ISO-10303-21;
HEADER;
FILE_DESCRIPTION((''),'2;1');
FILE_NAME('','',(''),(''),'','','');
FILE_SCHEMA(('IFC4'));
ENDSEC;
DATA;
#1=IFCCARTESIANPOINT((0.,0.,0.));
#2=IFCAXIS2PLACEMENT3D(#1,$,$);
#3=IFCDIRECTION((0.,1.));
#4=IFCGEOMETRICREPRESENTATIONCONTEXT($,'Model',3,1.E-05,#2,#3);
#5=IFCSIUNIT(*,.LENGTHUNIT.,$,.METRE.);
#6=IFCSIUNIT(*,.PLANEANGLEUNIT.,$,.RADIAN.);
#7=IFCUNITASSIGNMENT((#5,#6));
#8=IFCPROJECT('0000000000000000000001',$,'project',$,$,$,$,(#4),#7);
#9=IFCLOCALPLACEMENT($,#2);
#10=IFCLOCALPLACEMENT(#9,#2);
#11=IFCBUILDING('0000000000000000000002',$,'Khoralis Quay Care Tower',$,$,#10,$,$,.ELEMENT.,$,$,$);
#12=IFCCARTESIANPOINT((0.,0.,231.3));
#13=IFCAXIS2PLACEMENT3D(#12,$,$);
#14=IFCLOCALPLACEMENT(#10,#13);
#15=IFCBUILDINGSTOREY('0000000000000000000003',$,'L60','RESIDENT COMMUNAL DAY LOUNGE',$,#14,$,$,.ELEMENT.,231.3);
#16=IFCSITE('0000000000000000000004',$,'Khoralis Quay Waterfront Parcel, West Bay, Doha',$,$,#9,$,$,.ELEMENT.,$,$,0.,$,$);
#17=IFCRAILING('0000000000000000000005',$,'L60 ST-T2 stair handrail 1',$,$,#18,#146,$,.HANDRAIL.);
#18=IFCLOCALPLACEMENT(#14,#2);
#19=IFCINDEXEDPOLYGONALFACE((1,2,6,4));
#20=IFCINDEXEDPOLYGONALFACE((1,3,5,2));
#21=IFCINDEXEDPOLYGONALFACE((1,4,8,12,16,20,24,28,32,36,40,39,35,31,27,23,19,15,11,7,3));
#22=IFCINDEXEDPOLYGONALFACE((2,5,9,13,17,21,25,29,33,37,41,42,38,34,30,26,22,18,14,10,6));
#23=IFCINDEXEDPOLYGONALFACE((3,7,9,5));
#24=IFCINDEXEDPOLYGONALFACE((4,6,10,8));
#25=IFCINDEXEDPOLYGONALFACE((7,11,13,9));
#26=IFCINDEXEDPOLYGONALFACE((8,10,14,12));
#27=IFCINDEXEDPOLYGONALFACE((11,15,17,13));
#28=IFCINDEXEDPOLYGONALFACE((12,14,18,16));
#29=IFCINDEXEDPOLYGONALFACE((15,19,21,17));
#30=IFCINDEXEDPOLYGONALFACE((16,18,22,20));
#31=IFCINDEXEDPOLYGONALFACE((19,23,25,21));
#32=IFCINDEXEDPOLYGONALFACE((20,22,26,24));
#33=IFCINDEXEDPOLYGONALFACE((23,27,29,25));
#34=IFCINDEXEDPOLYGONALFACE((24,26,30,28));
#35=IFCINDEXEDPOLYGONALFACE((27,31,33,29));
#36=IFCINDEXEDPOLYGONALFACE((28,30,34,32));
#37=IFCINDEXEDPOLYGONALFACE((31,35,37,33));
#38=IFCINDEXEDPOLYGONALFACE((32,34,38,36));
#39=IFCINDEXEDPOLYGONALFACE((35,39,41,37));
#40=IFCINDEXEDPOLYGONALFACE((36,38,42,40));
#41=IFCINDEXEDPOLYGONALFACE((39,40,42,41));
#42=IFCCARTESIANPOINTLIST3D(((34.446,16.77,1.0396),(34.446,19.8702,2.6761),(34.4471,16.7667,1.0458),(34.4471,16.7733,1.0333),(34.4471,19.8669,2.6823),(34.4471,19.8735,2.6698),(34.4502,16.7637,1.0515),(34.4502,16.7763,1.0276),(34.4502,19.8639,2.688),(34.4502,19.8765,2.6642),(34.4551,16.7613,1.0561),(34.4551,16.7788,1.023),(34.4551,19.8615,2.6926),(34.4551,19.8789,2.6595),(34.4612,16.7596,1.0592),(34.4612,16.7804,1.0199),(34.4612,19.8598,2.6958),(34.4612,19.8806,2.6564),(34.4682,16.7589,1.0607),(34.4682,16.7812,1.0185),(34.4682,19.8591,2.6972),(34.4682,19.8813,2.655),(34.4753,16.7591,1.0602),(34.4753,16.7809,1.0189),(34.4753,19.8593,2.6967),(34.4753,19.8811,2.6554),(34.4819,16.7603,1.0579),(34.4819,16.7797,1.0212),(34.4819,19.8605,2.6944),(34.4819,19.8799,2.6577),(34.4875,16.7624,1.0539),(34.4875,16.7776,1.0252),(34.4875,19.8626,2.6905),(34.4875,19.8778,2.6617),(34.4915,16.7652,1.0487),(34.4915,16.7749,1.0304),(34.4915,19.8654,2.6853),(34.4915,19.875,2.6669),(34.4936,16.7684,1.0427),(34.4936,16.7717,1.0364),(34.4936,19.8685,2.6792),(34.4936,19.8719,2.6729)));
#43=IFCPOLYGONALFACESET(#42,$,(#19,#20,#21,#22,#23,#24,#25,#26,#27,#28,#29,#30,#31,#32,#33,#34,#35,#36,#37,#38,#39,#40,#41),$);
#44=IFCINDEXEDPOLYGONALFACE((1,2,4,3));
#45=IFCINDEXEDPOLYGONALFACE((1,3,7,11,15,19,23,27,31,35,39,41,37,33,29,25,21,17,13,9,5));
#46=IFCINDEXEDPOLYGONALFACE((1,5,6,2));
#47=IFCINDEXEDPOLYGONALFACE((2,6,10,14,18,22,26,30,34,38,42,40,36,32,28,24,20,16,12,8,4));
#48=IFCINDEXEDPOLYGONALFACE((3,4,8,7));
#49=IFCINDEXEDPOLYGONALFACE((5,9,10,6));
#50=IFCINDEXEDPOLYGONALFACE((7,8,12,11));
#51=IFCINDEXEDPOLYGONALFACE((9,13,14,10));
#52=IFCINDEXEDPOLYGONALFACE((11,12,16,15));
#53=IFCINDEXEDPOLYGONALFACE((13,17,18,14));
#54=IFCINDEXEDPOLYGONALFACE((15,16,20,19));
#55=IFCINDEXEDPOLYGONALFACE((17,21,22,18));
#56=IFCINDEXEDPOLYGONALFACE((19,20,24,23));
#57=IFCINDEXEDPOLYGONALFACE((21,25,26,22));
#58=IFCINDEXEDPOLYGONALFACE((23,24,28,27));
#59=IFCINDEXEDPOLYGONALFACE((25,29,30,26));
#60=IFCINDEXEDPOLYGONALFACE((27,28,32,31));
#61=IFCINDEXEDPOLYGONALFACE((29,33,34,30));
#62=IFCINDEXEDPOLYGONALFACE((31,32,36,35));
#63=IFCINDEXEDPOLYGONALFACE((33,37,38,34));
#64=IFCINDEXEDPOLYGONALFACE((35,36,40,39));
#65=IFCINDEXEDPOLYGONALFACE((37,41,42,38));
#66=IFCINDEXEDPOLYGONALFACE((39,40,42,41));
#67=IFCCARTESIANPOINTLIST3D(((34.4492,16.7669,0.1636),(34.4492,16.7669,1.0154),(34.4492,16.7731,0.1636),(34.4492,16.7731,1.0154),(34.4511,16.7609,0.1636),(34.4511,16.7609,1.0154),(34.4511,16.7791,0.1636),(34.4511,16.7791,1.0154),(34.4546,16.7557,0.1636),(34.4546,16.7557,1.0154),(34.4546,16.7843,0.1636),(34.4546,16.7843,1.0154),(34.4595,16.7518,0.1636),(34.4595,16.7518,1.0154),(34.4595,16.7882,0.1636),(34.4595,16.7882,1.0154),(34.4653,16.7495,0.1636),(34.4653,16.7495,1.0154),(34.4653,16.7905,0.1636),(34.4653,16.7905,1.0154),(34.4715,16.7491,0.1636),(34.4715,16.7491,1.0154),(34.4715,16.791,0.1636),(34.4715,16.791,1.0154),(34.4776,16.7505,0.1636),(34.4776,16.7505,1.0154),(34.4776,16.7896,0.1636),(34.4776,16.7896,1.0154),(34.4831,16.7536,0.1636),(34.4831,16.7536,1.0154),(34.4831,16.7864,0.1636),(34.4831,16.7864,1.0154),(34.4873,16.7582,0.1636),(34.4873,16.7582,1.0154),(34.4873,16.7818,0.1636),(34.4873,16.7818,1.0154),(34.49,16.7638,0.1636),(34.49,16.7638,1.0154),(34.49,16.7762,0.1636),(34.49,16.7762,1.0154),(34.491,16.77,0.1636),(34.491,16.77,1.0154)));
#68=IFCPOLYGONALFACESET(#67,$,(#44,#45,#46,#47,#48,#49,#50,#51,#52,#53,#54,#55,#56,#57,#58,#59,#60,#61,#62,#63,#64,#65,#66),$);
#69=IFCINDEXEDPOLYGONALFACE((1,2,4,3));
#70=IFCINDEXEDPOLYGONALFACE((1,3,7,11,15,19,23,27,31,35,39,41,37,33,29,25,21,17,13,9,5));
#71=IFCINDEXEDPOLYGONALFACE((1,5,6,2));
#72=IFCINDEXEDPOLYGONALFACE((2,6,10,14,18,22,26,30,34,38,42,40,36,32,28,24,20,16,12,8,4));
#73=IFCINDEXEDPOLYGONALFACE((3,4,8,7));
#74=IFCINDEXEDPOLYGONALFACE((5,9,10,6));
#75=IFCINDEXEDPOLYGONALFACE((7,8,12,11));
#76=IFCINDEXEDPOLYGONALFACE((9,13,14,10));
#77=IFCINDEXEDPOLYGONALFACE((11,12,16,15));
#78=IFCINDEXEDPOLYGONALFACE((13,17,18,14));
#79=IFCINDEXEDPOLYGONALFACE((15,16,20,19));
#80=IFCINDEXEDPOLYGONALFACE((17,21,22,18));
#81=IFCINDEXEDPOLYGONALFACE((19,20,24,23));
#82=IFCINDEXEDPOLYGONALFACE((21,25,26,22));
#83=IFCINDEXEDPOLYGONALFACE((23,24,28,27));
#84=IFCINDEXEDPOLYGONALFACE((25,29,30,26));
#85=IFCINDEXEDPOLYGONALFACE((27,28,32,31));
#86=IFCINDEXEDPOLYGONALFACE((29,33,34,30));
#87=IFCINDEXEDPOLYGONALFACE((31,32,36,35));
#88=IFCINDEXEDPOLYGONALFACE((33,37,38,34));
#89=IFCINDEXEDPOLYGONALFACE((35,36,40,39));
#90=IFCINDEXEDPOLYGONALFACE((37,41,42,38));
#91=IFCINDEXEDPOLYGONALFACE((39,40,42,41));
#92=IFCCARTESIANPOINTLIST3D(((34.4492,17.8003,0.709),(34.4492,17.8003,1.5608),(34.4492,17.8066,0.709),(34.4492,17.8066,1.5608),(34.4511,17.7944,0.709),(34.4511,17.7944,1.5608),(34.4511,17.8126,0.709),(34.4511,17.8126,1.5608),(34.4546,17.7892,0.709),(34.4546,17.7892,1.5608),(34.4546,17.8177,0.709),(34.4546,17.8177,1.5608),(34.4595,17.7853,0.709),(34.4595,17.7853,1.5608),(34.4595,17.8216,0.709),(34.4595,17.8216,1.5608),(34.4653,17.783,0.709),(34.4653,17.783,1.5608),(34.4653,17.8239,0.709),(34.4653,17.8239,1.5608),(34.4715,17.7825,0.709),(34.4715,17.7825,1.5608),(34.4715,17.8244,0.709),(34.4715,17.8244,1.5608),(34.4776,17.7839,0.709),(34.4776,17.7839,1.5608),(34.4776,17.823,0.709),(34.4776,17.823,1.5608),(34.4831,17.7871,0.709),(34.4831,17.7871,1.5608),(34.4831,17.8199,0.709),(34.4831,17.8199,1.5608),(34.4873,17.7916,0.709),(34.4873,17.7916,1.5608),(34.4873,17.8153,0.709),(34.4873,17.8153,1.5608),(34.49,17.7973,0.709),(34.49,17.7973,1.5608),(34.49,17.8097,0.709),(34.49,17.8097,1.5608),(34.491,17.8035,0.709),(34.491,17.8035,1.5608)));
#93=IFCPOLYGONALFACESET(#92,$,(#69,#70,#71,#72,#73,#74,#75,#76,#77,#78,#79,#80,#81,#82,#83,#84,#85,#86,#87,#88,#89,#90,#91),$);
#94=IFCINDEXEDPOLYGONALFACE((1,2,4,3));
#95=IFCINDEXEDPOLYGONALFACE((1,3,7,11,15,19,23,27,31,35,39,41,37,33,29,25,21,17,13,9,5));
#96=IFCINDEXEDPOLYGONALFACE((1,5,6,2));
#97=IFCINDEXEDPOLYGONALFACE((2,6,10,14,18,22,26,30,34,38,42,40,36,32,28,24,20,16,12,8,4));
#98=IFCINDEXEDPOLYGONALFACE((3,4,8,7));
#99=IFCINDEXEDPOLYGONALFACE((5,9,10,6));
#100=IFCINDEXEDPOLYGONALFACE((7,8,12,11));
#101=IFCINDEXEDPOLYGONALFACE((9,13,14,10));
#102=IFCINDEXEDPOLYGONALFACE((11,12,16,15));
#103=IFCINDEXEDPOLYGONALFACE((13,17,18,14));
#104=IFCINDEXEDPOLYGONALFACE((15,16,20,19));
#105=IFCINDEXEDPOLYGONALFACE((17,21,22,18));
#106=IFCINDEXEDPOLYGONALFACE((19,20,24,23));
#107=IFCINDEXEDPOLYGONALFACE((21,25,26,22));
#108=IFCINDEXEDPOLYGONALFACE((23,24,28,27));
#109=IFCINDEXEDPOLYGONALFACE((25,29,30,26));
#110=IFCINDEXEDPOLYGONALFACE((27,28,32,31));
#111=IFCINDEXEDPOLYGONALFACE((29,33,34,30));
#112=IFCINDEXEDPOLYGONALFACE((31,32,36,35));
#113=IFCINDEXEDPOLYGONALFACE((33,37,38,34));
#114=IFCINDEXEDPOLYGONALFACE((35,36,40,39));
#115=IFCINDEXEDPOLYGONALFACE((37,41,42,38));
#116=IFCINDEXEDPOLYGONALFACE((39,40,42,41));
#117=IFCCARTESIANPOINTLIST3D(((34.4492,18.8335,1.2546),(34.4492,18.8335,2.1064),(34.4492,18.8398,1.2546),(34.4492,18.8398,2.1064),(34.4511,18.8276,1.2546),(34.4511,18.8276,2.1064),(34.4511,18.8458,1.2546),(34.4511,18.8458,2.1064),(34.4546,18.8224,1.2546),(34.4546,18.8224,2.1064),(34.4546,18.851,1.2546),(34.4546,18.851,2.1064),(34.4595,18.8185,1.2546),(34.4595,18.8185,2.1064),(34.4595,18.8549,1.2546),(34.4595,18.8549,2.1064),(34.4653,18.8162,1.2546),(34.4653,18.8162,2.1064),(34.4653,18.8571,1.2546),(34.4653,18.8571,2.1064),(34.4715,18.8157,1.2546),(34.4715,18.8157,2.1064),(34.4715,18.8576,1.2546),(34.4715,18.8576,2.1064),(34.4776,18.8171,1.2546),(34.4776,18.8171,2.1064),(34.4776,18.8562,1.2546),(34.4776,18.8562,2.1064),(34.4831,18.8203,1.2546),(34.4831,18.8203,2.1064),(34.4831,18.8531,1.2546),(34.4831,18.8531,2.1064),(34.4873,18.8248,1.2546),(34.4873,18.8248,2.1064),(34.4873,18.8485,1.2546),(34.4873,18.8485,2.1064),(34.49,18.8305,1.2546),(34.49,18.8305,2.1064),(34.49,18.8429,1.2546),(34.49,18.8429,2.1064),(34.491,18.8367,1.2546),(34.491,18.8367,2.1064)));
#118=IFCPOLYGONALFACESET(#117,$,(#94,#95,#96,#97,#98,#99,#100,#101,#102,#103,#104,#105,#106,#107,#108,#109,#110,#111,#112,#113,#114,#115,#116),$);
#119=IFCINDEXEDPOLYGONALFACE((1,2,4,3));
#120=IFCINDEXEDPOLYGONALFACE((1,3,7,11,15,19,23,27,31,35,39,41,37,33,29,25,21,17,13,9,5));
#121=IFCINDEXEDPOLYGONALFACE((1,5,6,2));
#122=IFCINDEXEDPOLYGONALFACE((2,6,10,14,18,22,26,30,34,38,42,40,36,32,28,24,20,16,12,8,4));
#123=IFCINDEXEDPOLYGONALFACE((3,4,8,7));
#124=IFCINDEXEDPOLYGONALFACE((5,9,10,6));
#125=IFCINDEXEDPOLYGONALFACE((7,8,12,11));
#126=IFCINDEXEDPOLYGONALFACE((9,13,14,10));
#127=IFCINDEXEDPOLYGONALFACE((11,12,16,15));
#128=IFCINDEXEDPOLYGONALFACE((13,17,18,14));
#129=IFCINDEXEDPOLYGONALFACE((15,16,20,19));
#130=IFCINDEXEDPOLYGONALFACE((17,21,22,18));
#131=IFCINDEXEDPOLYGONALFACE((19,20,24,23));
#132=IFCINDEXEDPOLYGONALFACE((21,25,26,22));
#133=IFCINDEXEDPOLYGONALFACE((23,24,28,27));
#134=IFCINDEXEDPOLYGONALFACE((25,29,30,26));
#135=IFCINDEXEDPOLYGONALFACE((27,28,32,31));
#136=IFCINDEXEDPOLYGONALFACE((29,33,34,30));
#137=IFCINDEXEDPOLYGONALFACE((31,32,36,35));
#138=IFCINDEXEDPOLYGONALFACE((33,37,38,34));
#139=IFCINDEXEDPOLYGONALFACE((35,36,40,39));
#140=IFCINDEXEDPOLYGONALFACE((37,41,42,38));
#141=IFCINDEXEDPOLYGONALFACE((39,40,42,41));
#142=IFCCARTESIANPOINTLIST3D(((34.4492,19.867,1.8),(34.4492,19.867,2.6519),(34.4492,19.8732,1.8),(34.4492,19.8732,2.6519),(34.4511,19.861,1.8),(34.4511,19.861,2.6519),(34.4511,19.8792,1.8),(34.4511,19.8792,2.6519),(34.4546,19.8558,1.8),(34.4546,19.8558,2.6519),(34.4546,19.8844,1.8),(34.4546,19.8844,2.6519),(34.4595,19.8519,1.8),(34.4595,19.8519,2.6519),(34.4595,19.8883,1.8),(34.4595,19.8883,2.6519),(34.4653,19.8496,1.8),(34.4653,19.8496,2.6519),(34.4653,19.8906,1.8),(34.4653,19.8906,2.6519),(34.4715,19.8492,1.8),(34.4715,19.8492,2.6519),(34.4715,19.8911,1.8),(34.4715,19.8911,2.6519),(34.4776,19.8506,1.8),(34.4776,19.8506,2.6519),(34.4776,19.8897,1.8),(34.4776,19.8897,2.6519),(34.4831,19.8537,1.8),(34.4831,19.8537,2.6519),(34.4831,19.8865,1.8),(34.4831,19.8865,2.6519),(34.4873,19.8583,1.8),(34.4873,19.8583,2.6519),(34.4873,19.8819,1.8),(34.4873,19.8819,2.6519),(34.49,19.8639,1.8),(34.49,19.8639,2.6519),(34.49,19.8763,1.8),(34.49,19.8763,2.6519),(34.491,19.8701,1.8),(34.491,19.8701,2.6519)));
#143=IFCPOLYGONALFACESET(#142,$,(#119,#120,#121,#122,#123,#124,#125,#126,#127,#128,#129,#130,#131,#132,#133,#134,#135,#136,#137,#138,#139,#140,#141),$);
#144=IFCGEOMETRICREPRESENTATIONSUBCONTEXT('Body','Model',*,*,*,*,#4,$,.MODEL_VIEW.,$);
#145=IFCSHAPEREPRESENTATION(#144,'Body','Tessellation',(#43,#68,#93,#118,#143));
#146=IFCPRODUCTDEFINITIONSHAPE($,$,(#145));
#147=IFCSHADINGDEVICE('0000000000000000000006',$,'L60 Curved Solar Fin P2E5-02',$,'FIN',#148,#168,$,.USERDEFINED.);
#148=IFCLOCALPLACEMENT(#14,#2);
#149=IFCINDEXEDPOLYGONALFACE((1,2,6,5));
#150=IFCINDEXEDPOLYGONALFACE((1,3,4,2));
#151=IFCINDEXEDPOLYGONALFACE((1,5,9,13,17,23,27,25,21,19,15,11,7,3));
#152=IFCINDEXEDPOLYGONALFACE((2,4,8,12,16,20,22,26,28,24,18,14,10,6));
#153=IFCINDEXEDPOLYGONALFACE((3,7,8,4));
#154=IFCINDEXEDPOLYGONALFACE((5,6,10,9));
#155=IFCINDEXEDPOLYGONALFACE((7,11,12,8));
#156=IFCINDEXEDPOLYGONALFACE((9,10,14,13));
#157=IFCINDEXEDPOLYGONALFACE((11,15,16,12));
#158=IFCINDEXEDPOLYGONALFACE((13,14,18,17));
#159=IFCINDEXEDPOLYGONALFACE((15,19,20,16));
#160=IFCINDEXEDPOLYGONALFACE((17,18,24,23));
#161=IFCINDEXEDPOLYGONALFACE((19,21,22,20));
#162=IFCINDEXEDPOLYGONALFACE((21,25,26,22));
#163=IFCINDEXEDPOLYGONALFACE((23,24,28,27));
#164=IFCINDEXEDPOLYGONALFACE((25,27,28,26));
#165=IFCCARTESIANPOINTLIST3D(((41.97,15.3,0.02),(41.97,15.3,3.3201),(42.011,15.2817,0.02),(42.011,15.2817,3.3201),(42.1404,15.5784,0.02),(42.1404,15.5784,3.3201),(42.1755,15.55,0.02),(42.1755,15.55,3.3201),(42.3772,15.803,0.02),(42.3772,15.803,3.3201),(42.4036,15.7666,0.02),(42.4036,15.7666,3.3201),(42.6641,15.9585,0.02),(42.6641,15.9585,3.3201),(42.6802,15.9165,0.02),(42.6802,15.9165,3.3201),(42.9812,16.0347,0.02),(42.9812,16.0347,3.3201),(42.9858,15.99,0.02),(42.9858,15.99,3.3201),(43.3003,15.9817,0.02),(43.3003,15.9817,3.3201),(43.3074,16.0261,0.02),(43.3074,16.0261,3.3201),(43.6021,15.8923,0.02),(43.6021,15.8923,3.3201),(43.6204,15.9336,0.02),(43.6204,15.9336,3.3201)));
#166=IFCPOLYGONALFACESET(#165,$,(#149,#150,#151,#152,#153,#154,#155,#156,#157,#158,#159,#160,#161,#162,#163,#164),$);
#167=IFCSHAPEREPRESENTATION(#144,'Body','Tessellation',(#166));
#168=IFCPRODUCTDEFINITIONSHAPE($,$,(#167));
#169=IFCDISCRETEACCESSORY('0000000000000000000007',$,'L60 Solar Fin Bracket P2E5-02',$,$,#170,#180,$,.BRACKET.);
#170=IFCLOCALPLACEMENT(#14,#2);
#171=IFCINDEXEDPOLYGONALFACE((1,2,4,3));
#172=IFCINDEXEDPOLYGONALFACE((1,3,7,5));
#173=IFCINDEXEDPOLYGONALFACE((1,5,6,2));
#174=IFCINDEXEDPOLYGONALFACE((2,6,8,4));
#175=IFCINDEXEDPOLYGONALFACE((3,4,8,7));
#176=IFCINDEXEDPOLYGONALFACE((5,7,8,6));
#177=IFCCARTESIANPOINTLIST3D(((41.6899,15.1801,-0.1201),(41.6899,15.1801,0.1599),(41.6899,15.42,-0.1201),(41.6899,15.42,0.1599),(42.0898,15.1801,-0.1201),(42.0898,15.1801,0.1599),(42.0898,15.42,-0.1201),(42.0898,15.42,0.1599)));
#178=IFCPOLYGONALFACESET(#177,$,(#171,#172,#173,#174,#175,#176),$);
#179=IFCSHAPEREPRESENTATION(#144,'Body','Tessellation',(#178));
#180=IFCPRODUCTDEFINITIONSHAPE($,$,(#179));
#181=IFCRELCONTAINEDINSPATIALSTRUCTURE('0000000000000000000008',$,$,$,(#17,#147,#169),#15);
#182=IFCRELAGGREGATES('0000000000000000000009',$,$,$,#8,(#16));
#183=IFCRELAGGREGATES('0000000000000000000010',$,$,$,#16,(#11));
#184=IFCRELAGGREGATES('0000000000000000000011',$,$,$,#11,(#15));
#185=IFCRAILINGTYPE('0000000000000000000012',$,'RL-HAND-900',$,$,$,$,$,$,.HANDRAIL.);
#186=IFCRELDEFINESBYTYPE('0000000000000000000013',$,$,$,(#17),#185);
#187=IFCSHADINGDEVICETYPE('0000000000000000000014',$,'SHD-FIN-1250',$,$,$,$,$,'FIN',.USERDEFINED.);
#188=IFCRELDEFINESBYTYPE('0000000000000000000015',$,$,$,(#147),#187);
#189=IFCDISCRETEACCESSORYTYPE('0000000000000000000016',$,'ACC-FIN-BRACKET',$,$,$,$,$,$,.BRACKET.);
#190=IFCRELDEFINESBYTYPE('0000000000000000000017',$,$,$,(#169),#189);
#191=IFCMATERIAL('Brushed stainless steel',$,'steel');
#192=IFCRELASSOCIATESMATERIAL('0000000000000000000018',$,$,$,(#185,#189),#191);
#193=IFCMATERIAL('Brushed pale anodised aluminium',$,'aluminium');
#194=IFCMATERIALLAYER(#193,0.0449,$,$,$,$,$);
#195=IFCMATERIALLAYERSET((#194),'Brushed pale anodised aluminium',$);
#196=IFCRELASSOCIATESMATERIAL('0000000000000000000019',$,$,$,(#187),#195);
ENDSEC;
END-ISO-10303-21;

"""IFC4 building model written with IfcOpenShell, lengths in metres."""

from ifc_helpers import new_model, si_unit, direction, frame, origin, origin_2d, place, context, subcontext, project, spatial, polyline, rectangle, circle, outline, extrude, source, transform, mapped, material, layer, layer_set, type_object, element, save


model = new_model("IFC4")

# Units and contexts
model_context = context("Model", 3, precision=1e-05, world=origin(), true_north=direction((0.0, 1.0)))
body_context = subcontext(model_context, "Body", "Model", "MODEL_VIEW")
ifc_project = project(units=[si_unit("LENGTHUNIT", "METRE"), si_unit("PLANEANGLEUNIT", "RADIAN")], contexts=[model_context])

# Site, building, storey
site_placement = place(None, origin())
site = spatial("IfcSite", under=ifc_project, at=site_placement, Name="Khoralis Quay Waterfront Parcel, West Bay, Doha", CompositionType="ELEMENT", RefElevation=0.0)
building_placement = place(site_placement, origin())
building = spatial("IfcBuilding", under=site, at=building_placement, Name="Khoralis Quay Care Tower", CompositionType="ELEMENT")
storey_placement = place(building_placement, frame((0.0, 0.0, 231.3)))
storey = spatial("IfcBuildingStorey", under=building, at=storey_placement, Name="L60", Description="RESIDENT COMMUNAL DAY LOUNGE", CompositionType="ELEMENT", Elevation=231.3)

# Shared definitions
ifc_material_1 = material(Name="Brushed stainless steel", Category="steel")

# Railing
railing_type_1 = type_object("IfcRailingType", Name="RL-HAND-900", PredefinedType="HANDRAIL", material=ifc_material_1)
railing_1_placement = place(storey_placement, frame((34.47, 16.77, 0.1636)))
element("IfcRailing", 1, at=railing_1_placement, inside=storey, type_object=railing_type_1, Name="L60 ST-T2 stair handrail 1", PredefinedType="HANDRAIL", context=body_context, shape_type="SweptSolid", body=[
    extrude(circle(Radius=0.0239, at=origin_2d()), frame((0.0, 0.0, 0.876), z_axis=(0.0, 0.884348, 0.466828), x_axis=(-1.0, 0.0, 0.0)), (0.0, 0.0, 1.0), 3.5056),
    extrude(circle(Radius=0.021, at=origin_2d()), origin(), (0.0, 0.0, 1.0), 0.8518),
    extrude(circle(Radius=0.021, at=origin_2d()), frame((0.0, 1.0334, 0.5454)), (0.0, 0.0, 1.0), 0.8518),
    extrude(circle(Radius=0.021, at=origin_2d()), frame((0.0, 2.0667, 1.0911)), (0.0, 0.0, 1.0), 0.8518),
    extrude(circle(Radius=0.021, at=origin_2d()), frame((0.0, 3.1001, 1.6365)), (0.0, 0.0, 1.0), 0.8518),
])

# Shading device
ifc_material_2 = material(Name="Brushed pale anodised aluminium", Category="aluminium")
ifc_layer_1 = layer(ifc_material_2, 0.0449)
ifc_layer_set_1 = layer_set([ifc_layer_1], Name="Brushed pale anodised aluminium")
shading_device_type = type_object("IfcShadingDeviceType", Name="SHD-FIN-1250", ElementType="FIN", PredefinedType="USERDEFINED", material=ifc_layer_set_1)
shared_shape_1 = source(origin(), body_context, "Body", "SweptSolid", [
    extrude(outline(polyline([(0.0, 0.0), (0.1704, 0.2783), (0.4072, 0.5029), (0.6941, 0.6584), (1.0112, 0.7346), (1.3374, 0.7261), (1.6504, 0.6335), (1.6321, 0.5923), (1.3303, 0.6816), (1.0159, 0.6899), (0.7102, 0.6165), (0.4336, 0.4666), (0.2056, 0.25), (0.041, -0.0183), (0.0, 0.0)])), origin(), (0.0, 0.0, 1.0), 3.3),
])
shading_device_placement = place(storey_placement, frame((41.97, 15.3, 0.02), z_axis=(0.0, 0.0, 1.0), x_axis=(1.0, 0.0, 0.0)))
element("IfcShadingDevice", 2, at=shading_device_placement, inside=storey, type_object=shading_device_type, Name="L60 Curved Solar Fin P2E5-02", ObjectType="FIN", PredefinedType="USERDEFINED", context=body_context, shape_type="MappedRepresentation", body=[
    mapped(shared_shape_1, transform((0.0, 0.0, 0.0), scale=1.0)),
])

# Discrete accessory
discrete_accessory_type = type_object("IfcDiscreteAccessoryType", Name="ACC-FIN-BRACKET", PredefinedType="BRACKET", material=ifc_material_1)
shared_shape_2 = source(origin(), body_context, "Body", "SweptSolid", [
    extrude(rectangle(XDim=0.3999, YDim=0.24, at=origin_2d()), origin(), (0.0, 0.0, 1.0), 0.28),
])
discrete_accessory_placement = place(storey_placement, frame((41.8899, 15.3, -0.1201), z_axis=(0.0, 0.0, 1.0), x_axis=(1.0, 0.0, 0.0)))
element("IfcDiscreteAccessory", 3, at=discrete_accessory_placement, inside=storey, type_object=discrete_accessory_type, Name="L60 Solar Fin Bracket P2E5-02", PredefinedType="BRACKET", context=body_context, shape_type="MappedRepresentation", body=[
    mapped(shared_shape_2, transform((0.0, 0.0, 0.0), scale=1.0)),
])

save(model, "model.ifc")
